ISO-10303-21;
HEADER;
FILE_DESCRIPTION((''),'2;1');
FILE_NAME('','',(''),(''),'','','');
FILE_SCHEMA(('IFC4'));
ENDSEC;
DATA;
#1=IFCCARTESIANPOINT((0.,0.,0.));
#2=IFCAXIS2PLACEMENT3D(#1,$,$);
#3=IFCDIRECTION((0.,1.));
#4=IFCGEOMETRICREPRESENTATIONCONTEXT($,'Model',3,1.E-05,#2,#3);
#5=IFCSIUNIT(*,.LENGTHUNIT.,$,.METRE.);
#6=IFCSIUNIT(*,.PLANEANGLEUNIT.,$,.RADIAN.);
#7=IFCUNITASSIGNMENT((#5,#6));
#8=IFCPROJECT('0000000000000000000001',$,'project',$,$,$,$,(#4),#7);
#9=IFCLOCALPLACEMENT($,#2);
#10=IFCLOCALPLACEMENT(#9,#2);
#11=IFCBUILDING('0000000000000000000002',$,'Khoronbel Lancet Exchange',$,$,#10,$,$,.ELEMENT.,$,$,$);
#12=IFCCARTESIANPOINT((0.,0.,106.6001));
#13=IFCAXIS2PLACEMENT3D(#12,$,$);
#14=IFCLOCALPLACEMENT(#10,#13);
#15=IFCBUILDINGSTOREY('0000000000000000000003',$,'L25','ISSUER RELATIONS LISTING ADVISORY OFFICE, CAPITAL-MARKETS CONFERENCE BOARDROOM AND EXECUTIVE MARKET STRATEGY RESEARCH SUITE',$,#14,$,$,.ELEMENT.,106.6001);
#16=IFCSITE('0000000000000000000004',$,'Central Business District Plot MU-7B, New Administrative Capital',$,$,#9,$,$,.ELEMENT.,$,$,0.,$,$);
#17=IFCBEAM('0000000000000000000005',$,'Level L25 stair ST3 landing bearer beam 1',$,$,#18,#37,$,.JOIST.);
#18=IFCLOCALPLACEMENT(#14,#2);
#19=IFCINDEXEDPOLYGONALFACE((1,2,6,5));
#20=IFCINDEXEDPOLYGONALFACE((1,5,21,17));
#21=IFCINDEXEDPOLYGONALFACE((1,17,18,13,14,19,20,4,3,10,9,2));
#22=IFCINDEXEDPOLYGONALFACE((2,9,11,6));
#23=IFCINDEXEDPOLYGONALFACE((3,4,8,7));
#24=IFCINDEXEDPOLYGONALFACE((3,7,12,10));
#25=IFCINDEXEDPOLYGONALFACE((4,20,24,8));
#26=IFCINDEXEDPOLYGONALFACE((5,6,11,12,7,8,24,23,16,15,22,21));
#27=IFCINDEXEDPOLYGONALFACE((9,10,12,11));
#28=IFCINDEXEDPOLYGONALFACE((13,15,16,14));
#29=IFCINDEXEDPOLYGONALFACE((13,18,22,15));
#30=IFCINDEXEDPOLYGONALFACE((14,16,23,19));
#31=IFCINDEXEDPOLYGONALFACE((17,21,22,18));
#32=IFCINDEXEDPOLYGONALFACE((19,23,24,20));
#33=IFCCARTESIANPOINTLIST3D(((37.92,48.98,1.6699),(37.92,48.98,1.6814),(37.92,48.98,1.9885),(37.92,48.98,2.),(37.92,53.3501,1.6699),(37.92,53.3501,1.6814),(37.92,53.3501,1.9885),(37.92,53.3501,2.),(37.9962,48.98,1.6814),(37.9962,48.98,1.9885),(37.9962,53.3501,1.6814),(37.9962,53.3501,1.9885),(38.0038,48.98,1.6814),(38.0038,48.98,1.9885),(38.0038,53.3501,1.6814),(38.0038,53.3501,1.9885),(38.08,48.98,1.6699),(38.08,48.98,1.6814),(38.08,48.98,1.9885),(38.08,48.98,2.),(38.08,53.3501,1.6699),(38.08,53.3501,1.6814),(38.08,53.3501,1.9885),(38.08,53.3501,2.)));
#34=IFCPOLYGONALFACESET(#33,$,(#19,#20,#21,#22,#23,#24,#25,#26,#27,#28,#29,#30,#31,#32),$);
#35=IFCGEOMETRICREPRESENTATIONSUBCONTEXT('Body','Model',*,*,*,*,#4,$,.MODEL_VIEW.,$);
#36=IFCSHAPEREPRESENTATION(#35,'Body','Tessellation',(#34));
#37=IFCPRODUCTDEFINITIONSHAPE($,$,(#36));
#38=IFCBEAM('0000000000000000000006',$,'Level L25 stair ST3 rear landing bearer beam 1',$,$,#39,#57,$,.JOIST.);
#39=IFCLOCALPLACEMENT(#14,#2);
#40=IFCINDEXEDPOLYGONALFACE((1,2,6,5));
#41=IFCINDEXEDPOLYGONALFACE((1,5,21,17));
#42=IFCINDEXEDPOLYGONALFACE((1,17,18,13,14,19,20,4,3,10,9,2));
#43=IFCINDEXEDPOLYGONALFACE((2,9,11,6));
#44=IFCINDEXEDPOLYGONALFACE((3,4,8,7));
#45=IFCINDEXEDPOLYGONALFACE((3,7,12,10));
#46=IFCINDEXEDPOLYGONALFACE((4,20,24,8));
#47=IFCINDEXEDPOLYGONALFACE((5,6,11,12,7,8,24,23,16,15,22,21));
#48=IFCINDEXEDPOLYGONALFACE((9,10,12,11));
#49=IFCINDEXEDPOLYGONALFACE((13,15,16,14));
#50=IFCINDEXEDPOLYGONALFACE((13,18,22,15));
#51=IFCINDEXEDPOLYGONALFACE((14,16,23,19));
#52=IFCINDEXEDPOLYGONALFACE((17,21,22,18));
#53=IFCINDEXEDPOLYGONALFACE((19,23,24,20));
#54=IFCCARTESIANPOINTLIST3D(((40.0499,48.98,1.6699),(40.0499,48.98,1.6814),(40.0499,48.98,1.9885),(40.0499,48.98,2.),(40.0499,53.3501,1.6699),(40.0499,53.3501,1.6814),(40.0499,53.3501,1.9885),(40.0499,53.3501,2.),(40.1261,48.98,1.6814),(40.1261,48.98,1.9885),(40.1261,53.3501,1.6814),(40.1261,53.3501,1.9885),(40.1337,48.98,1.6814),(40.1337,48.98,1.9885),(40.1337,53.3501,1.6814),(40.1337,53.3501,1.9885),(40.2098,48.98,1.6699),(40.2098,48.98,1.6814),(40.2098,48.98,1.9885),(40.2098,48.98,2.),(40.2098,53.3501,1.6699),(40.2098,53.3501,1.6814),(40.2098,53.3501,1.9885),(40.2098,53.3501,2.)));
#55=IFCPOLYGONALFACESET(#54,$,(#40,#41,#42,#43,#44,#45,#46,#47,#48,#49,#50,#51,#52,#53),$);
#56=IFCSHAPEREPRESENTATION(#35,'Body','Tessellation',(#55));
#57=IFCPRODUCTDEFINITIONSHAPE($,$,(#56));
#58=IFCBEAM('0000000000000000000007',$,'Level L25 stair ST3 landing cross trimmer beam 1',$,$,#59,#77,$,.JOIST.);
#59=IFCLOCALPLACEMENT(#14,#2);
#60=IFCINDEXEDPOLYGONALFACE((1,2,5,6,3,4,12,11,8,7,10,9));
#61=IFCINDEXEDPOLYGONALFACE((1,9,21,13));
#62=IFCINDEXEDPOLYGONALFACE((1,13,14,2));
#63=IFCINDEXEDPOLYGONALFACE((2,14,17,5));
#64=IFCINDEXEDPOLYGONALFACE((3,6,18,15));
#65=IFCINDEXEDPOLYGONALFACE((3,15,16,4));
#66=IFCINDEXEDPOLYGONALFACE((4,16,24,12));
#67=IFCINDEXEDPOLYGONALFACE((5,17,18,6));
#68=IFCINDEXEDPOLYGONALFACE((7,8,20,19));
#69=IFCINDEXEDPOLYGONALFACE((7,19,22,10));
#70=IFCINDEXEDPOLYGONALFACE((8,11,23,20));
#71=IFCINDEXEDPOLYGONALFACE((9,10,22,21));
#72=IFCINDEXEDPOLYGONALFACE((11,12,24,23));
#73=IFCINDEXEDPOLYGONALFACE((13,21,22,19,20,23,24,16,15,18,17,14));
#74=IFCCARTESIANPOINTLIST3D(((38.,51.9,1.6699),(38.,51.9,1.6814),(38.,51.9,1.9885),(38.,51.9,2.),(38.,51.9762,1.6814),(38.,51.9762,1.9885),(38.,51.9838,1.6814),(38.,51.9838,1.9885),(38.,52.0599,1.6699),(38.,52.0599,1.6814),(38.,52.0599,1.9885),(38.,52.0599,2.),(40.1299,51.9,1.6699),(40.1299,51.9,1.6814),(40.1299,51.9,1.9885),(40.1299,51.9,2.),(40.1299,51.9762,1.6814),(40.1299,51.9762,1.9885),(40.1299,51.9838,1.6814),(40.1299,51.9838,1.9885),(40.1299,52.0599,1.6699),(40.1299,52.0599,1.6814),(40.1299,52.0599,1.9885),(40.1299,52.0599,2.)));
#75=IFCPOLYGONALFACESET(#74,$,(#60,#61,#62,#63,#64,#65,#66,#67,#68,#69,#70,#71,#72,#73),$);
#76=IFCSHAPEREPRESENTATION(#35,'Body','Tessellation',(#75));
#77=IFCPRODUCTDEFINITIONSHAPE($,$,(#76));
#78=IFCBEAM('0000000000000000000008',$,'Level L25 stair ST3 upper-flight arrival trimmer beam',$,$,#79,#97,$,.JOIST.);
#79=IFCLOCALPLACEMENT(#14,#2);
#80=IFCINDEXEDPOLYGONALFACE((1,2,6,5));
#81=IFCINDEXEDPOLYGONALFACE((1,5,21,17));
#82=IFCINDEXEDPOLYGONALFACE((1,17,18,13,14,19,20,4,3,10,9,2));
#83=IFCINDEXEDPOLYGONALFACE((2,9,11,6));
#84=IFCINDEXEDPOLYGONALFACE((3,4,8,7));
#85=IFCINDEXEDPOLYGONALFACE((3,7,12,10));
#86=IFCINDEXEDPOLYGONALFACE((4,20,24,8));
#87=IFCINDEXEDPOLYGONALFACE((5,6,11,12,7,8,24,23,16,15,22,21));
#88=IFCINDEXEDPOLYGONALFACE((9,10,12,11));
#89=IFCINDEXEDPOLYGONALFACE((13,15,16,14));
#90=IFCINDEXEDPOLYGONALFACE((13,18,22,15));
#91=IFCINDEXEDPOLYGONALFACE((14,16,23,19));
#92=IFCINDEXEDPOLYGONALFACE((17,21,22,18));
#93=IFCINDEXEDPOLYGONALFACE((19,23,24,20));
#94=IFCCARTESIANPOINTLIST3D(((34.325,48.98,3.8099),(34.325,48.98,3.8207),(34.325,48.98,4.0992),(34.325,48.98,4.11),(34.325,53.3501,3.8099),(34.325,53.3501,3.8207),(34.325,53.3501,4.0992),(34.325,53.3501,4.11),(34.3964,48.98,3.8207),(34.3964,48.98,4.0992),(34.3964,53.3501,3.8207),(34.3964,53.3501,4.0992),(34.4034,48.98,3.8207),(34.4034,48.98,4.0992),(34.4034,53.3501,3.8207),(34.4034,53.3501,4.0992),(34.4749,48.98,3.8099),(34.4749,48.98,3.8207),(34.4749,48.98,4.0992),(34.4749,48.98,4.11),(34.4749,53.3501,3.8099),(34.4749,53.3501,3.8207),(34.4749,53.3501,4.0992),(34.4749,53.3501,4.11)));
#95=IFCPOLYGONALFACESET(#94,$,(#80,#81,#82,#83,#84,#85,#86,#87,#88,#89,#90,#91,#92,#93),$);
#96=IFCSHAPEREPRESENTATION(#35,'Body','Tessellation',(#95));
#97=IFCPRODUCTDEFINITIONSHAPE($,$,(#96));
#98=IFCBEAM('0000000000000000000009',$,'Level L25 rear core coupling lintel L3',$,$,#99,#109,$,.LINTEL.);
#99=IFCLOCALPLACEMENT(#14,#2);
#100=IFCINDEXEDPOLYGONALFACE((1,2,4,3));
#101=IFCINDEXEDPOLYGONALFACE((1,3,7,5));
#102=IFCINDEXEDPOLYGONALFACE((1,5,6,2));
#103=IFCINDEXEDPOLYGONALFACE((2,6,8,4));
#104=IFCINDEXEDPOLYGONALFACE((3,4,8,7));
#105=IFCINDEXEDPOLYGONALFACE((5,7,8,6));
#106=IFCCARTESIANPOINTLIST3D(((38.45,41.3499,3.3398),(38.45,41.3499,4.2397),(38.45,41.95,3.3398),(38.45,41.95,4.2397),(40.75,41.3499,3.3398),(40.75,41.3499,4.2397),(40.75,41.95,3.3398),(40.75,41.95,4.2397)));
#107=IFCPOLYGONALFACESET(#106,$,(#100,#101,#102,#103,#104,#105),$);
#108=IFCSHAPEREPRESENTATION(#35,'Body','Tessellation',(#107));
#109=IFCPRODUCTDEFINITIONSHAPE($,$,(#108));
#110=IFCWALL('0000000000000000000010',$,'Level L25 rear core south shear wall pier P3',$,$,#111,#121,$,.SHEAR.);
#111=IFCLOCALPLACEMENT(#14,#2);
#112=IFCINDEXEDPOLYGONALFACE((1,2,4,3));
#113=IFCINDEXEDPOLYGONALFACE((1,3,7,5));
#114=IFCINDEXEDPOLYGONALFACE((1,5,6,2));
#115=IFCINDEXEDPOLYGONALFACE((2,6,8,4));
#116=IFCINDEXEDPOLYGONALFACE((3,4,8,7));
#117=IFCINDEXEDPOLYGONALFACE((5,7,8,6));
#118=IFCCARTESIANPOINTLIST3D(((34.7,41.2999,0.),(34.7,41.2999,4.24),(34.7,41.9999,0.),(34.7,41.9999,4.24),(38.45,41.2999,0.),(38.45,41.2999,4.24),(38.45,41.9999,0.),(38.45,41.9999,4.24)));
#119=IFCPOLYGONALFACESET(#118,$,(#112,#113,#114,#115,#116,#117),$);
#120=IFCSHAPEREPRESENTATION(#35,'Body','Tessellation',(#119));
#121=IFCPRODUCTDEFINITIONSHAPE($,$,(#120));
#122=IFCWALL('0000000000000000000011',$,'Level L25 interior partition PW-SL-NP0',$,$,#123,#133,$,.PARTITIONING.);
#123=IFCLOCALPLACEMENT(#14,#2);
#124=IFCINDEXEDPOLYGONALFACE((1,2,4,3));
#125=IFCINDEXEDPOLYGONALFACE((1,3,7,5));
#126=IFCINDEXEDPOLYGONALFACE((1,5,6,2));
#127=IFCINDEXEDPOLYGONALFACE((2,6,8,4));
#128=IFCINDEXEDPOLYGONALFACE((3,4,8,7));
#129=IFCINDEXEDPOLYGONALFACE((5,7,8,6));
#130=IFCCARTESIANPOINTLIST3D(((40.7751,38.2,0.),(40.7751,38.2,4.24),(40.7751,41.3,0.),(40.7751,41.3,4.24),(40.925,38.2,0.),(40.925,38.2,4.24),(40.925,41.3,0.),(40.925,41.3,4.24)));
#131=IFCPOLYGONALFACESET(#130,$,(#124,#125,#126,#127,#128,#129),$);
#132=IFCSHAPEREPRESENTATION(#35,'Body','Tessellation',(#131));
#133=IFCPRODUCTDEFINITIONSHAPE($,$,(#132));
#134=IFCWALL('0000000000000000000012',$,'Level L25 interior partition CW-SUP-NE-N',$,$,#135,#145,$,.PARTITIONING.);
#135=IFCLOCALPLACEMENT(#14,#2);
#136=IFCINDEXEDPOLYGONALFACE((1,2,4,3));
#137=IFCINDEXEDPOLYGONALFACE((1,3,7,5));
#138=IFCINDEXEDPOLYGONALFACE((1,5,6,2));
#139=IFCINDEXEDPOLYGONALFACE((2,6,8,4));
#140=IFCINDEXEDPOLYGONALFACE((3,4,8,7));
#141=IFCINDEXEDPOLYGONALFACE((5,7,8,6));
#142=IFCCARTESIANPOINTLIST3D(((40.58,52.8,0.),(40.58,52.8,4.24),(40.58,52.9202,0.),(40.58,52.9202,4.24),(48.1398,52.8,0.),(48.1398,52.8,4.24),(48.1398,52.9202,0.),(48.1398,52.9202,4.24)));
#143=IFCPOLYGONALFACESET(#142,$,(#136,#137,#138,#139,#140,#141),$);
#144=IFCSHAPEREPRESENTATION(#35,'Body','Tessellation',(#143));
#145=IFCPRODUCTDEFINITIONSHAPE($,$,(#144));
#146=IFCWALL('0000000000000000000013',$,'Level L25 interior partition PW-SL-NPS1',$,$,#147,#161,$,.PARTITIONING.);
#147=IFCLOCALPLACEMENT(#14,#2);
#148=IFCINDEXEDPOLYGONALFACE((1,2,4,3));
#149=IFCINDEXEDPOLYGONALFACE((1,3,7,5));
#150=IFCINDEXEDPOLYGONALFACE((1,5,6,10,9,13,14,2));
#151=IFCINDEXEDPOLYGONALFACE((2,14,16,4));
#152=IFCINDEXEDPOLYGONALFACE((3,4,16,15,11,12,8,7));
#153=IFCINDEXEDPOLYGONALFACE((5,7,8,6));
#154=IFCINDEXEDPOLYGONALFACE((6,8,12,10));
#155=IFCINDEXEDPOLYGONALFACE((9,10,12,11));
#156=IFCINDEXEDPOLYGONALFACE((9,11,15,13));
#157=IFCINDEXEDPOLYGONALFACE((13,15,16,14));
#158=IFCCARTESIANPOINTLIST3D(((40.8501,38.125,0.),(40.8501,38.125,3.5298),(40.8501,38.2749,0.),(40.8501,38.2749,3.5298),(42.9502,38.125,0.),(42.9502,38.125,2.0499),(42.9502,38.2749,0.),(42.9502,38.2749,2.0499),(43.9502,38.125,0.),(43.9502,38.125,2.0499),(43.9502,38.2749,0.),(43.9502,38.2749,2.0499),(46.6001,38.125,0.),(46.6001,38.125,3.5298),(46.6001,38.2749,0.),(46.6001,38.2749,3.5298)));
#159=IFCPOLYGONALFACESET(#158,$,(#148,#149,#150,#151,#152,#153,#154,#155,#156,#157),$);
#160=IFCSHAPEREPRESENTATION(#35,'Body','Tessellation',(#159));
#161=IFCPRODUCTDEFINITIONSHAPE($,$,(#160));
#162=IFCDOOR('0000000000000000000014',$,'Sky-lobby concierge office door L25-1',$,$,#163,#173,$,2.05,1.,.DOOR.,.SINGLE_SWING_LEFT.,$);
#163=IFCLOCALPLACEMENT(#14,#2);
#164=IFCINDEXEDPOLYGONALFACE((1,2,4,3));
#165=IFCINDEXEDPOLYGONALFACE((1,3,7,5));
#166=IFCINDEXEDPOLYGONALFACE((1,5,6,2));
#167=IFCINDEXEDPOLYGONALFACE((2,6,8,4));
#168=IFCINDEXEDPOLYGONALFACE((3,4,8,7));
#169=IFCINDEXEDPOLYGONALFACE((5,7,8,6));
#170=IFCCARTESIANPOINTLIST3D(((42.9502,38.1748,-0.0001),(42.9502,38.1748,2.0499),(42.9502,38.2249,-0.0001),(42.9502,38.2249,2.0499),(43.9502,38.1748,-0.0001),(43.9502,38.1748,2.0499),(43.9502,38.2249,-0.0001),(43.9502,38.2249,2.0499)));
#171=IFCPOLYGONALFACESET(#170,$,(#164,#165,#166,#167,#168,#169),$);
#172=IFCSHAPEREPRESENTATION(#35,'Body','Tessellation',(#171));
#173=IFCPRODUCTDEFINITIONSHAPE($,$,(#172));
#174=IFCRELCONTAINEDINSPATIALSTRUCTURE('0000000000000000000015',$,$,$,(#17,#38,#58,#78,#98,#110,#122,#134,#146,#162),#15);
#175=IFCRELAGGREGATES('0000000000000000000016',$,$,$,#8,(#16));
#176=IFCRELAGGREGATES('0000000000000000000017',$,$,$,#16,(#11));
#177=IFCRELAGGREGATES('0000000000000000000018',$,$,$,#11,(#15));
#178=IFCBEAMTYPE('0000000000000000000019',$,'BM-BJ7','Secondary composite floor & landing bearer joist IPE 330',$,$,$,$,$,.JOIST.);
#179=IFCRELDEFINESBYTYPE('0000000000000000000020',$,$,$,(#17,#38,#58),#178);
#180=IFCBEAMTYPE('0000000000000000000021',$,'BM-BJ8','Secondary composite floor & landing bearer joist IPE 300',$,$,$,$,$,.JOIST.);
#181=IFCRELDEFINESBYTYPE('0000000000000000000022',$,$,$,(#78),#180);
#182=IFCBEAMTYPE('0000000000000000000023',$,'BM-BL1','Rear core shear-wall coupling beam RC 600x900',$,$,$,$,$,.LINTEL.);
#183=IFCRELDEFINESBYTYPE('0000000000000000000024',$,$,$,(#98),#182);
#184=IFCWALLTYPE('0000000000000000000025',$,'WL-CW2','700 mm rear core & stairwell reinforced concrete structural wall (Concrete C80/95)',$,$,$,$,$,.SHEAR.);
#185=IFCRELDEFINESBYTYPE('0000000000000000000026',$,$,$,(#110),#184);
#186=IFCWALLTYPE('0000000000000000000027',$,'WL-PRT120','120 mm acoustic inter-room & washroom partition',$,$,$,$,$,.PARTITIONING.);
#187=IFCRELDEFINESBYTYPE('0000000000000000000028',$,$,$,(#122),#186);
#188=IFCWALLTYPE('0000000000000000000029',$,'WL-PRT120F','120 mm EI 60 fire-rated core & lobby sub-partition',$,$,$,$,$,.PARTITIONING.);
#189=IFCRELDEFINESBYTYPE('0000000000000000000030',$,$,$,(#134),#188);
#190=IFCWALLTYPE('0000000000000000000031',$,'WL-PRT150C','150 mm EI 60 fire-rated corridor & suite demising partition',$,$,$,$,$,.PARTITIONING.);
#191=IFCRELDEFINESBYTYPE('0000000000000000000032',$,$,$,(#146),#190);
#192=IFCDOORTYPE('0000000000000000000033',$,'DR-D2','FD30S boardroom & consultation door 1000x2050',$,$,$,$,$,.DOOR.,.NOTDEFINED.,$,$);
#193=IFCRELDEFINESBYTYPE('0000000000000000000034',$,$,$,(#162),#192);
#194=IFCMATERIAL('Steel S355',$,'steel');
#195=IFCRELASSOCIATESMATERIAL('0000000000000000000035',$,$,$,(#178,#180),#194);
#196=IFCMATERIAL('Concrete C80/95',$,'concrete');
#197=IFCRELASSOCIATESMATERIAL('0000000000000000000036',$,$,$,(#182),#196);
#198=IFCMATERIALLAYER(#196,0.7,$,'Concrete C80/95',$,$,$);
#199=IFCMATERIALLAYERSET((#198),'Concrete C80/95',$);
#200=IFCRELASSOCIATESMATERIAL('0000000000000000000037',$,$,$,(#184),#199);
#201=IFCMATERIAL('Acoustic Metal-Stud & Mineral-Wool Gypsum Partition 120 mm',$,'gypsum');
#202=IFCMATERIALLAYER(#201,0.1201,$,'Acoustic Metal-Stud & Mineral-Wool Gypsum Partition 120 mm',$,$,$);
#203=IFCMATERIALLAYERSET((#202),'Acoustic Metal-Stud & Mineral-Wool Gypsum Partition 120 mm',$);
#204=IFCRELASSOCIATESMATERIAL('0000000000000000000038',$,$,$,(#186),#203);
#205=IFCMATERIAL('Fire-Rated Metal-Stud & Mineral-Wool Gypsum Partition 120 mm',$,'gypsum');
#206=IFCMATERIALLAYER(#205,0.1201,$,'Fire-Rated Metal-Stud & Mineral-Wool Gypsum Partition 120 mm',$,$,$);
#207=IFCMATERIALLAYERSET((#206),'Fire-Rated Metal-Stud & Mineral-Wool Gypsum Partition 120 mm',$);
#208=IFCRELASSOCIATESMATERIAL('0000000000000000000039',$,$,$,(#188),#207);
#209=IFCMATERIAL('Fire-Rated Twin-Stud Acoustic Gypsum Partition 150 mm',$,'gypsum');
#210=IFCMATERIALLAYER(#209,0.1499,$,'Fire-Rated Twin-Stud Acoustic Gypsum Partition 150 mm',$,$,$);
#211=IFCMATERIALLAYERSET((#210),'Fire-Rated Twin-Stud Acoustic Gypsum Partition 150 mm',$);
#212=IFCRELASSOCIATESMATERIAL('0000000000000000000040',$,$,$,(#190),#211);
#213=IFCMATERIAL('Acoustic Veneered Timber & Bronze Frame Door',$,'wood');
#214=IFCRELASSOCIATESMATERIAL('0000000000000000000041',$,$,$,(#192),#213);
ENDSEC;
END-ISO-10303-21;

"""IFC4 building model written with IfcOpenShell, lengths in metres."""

from ifc_helpers import new_model, si_unit, direction, frame, frame_2d, origin, origin_2d, place, context, subcontext, project, spatial, rectangle, i_section, extrude, material, layer, layer_set, material_profile, profile_set, type_object, element, fill, save


model = new_model("IFC4")

# Units and contexts
model_context = context("Model", 3, precision=1e-05, world=origin(), true_north=direction((0.0, 1.0)))
body_context = subcontext(model_context, "Body", "Model", "MODEL_VIEW")
ifc_project = project(units=[si_unit("LENGTHUNIT", "METRE"), si_unit("PLANEANGLEUNIT", "RADIAN")], contexts=[model_context])

# Site, building, storey
site_placement = place(None, origin())
site = spatial("IfcSite", under=ifc_project, at=site_placement, Name="Central Business District Plot MU-7B, New Administrative Capital", CompositionType="ELEMENT", RefElevation=0.0)
building_placement = place(site_placement, origin())
building = spatial("IfcBuilding", under=site, at=building_placement, Name="Khoronbel Lancet Exchange", CompositionType="ELEMENT")
storey_placement = place(building_placement, frame((0.0, 0.0, 106.6001)))
storey = spatial("IfcBuildingStorey", under=building, at=storey_placement, Name="L25", Description="ISSUER RELATIONS LISTING ADVISORY OFFICE, CAPITAL-MARKETS CONFERENCE BOARDROOM AND EXECUTIVE MARKET STRATEGY RESEARCH SUITE", CompositionType="ELEMENT", Elevation=106.6001)

# Beams
ifc_material_1 = material(Name="Steel S355", Category="steel")
ifc_material_profile_1 = material_profile(ifc_material_1, i_section(OverallWidth=0.1599, OverallDepth=0.3301, WebThickness=0.0076, FlangeThickness=0.0115, at=origin_2d()), Name="IPE 330")
ifc_profile_set_1 = profile_set([ifc_material_profile_1], Name="Steel S355")
beam_type_1 = type_object("IfcBeamType", Name="BM-BJ7", Description="Secondary composite floor & landing bearer joist IPE 330", PredefinedType="JOIST", material=ifc_profile_set_1)
for number, where, z_axis, x_axis, name in (
    (1, (38.0, 48.98, 1.835), (0.0, 1.0, 0.0), (-1.0, 0.0, 0.0), "Level L25 stair ST3 landing bearer beam 1"),
    (2, (40.1299, 48.98, 1.835), (0.0, 1.0, 0.0), (-1.0, 0.0, 0.0), "Level L25 stair ST3 rear landing bearer beam 1"),
):
    element("IfcBeam", number, at=place(storey_placement, frame(where, z_axis=z_axis, x_axis=x_axis)), inside=storey, type_object=beam_type_1, Name=name, PredefinedType="JOIST", context=body_context, shape_type="SweptSolid", body=[
        extrude(i_section(OverallWidth=0.1599, OverallDepth=0.3301, WebThickness=0.0076, FlangeThickness=0.0115, at=origin_2d()), origin(), (0.0, 0.0, 1.0), 4.3701),
    ])
beam_1_placement = place(storey_placement, frame((38.0, 51.98, 1.835), z_axis=(1.0, 0.0, 0.0), x_axis=(0.0, 1.0, 0.0)))
element("IfcBeam", 3, at=beam_1_placement, inside=storey, type_object=beam_type_1, Name="Level L25 stair ST3 landing cross trimmer beam 1", PredefinedType="JOIST", context=body_context, shape_type="SweptSolid", body=[
    extrude(i_section(OverallWidth=0.1599, OverallDepth=0.3301, WebThickness=0.0076, FlangeThickness=0.0115, at=origin_2d()), origin(), (0.0, 0.0, 1.0), 2.1299),
])
ifc_material_profile_2 = material_profile(ifc_material_1, i_section(OverallWidth=0.1499, OverallDepth=0.3, WebThickness=0.0071, FlangeThickness=0.0107, at=origin_2d()), Name="IPE 300")
ifc_profile_set_2 = profile_set([ifc_material_profile_2], Name="Steel S355")
beam_type_2 = type_object("IfcBeamType", Name="BM-BJ8", Description="Secondary composite floor & landing bearer joist IPE 300", PredefinedType="JOIST", material=ifc_profile_set_2)
beam_2_placement = place(storey_placement, frame((34.3999, 48.98, 3.96), z_axis=(0.0, 1.0, 0.0), x_axis=(-1.0, 0.0, 0.0)))
element("IfcBeam", 4, at=beam_2_placement, inside=storey, type_object=beam_type_2, Name="Level L25 stair ST3 upper-flight arrival trimmer beam", PredefinedType="JOIST", context=body_context, shape_type="SweptSolid", body=[
    extrude(i_section(OverallWidth=0.1499, OverallDepth=0.3, WebThickness=0.0071, FlangeThickness=0.0107, at=origin_2d()), origin(), (0.0, 0.0, 1.0), 4.3701),
])
ifc_material_2 = material(Name="Concrete C80/95", Category="concrete")
ifc_material_profile_3 = material_profile(ifc_material_2, rectangle(XDim=0.6001, YDim=0.8999, at=origin_2d()), Name="RC 600x900")
ifc_profile_set_3 = profile_set([ifc_material_profile_3], Name="Concrete C80/95")
beam_type_3 = type_object("IfcBeamType", Name="BM-BL1", Description="Rear core shear-wall coupling beam RC 600x900", PredefinedType="LINTEL", material=ifc_profile_set_3)
beam_3_placement = place(storey_placement, frame((38.45, 41.6499, 3.7898), z_axis=(1.0, 0.0, 0.0), x_axis=(0.0, 1.0, 0.0)))
element("IfcBeam", 5, at=beam_3_placement, inside=storey, type_object=beam_type_3, Name="Level L25 rear core coupling lintel L3", PredefinedType="LINTEL", context=body_context, shape_type="SweptSolid", body=[
    extrude(rectangle(XDim=0.6001, YDim=0.8999, at=origin_2d()), origin(), (0.0, 0.0, 1.0), 2.3),
])

# Walls
ifc_layer_1 = layer(ifc_material_2, 0.7, Name="Concrete C80/95")
ifc_layer_set_1 = layer_set([ifc_layer_1], Name="Concrete C80/95")
wall_type_1 = type_object("IfcWallType", Name="WL-CW2", Description="700 mm rear core & stairwell reinforced concrete structural wall (Concrete C80/95)", PredefinedType="SHEAR", material=ifc_layer_set_1)
wall_1_placement = place(storey_placement, frame((38.45, 41.6499, 0.0), z_axis=(0.0, 0.0, 1.0), x_axis=(-1.0, 0.0, 0.0)))
element("IfcWall", 6, at=wall_1_placement, inside=storey, type_object=wall_type_1, Name="Level L25 rear core south shear wall pier P3", PredefinedType="SHEAR", context=body_context, shape_type="SweptSolid", body=[
    extrude(rectangle(XDim=3.75, YDim=0.7, at=frame_2d((1.875, 0.0))), origin(), (0.0, 0.0, 1.0), 4.24),
])
ifc_material_3 = material(Name="Acoustic Metal-Stud & Mineral-Wool Gypsum Partition 120 mm", Category="gypsum")
ifc_layer_2 = layer(ifc_material_3, 0.1201, Name="Acoustic Metal-Stud & Mineral-Wool Gypsum Partition 120 mm")
ifc_layer_set_2 = layer_set([ifc_layer_2], Name="Acoustic Metal-Stud & Mineral-Wool Gypsum Partition 120 mm")
wall_type_2 = type_object("IfcWallType", Name="WL-PRT120", Description="120 mm acoustic inter-room & washroom partition", PredefinedType="PARTITIONING", material=ifc_layer_set_2)
wall_2_placement = place(storey_placement, frame((40.8501, 38.2, 0.0), z_axis=(0.0, 0.0, 1.0), x_axis=(0.0, 1.0, 0.0)))
element("IfcWall", 7, at=wall_2_placement, inside=storey, type_object=wall_type_2, Name="Level L25 interior partition PW-SL-NP0", PredefinedType="PARTITIONING", context=body_context, shape_type="SweptSolid", body=[
    extrude(rectangle(XDim=3.1001, YDim=0.1499, at=frame_2d((1.55, 0.0))), origin(), (0.0, 0.0, 1.0), 4.24),
])
ifc_material_4 = material(Name="Fire-Rated Metal-Stud & Mineral-Wool Gypsum Partition 120 mm", Category="gypsum")
ifc_layer_3 = layer(ifc_material_4, 0.1201, Name="Fire-Rated Metal-Stud & Mineral-Wool Gypsum Partition 120 mm")
ifc_layer_set_3 = layer_set([ifc_layer_3], Name="Fire-Rated Metal-Stud & Mineral-Wool Gypsum Partition 120 mm")
wall_type_3 = type_object("IfcWallType", Name="WL-PRT120F", Description="120 mm EI 60 fire-rated core & lobby sub-partition", PredefinedType="PARTITIONING", material=ifc_layer_set_3)
wall_3_placement = place(storey_placement, frame((40.5801, 52.8601, 0.0), z_axis=(0.0, 0.0, 1.0), x_axis=(1.0, 0.0, 0.0)))
element("IfcWall", 8, at=wall_3_placement, inside=storey, type_object=wall_type_3, Name="Level L25 interior partition CW-SUP-NE-N", PredefinedType="PARTITIONING", context=body_context, shape_type="SweptSolid", body=[
    extrude(rectangle(XDim=7.5598, YDim=0.1201, at=frame_2d((3.7798, 0.0))), origin(), (0.0, 0.0, 1.0), 4.24),
])

# Wall, opening, door
ifc_material_5 = material(Name="Fire-Rated Twin-Stud Acoustic Gypsum Partition 150 mm", Category="gypsum")
ifc_layer_4 = layer(ifc_material_5, 0.1499, Name="Fire-Rated Twin-Stud Acoustic Gypsum Partition 150 mm")
ifc_layer_set_4 = layer_set([ifc_layer_4], Name="Fire-Rated Twin-Stud Acoustic Gypsum Partition 150 mm")
wall_type_4 = type_object("IfcWallType", Name="WL-PRT150C", Description="150 mm EI 60 fire-rated corridor & suite demising partition", PredefinedType="PARTITIONING", material=ifc_layer_set_4)
wall_4_placement = place(storey_placement, frame((40.8501, 38.2, 0.0), z_axis=(0.0, 0.0, 1.0), x_axis=(1.0, 0.0, 0.0)))
wall_4 = element("IfcWall", 9, at=wall_4_placement, inside=storey, type_object=wall_type_4, Name="Level L25 interior partition PW-SL-NPS1", PredefinedType="PARTITIONING", context=body_context, shape_type="SweptSolid", body=[
    extrude(rectangle(XDim=5.75, YDim=0.1499, at=frame_2d((2.875, 0.0))), origin(), (0.0, 0.0, 1.0), 3.5298),
])
opening_1_placement = place(wall_4_placement, frame((2.1001, 0.0, 0.0)))
opening_1 = element("IfcOpeningElement", 10, at=opening_1_placement, cuts=wall_4, PredefinedType="OPENING", context=body_context, shape_type="SweptSolid", body=[
    extrude(rectangle(XDim=1.0, YDim=2.05, at=frame_2d((0.5, 1.0249))), frame((0.0, 0.085, 0.0), z_axis=(0.0, -1.0, 0.0), x_axis=(1.0, 0.0, 0.0)), (0.0, 0.0, 1.0), 0.1699),
])
ifc_material_6 = material(Name="Acoustic Veneered Timber & Bronze Frame Door", Category="wood")
door_type_1 = type_object("IfcDoorType", Name="DR-D2", Description="FD30S boardroom & consultation door 1000x2050", OperationType="NOTDEFINED", PredefinedType="DOOR", material=ifc_material_6)
door_1_placement = place(opening_1_placement, origin())
door_1 = element("IfcDoor", 11, at=door_1_placement, inside=storey, type_object=door_type_1, Name="Sky-lobby concierge office door L25-1", OperationType="SINGLE_SWING_LEFT", OverallHeight=2.05, OverallWidth=1.0, PredefinedType="DOOR", context=body_context, shape_type="SweptSolid", body=[
    extrude(rectangle(XDim=1.0, YDim=2.05, at=frame_2d((0.5, 1.0249))), frame((0.0, 0.0249, 0.0), z_axis=(0.0, -1.0, 0.0), x_axis=(1.0, 0.0, 0.0)), (0.0, 0.0, 1.0), 0.05),
])
fill(opening_1, door_1)

save(model, "model.ifc")
